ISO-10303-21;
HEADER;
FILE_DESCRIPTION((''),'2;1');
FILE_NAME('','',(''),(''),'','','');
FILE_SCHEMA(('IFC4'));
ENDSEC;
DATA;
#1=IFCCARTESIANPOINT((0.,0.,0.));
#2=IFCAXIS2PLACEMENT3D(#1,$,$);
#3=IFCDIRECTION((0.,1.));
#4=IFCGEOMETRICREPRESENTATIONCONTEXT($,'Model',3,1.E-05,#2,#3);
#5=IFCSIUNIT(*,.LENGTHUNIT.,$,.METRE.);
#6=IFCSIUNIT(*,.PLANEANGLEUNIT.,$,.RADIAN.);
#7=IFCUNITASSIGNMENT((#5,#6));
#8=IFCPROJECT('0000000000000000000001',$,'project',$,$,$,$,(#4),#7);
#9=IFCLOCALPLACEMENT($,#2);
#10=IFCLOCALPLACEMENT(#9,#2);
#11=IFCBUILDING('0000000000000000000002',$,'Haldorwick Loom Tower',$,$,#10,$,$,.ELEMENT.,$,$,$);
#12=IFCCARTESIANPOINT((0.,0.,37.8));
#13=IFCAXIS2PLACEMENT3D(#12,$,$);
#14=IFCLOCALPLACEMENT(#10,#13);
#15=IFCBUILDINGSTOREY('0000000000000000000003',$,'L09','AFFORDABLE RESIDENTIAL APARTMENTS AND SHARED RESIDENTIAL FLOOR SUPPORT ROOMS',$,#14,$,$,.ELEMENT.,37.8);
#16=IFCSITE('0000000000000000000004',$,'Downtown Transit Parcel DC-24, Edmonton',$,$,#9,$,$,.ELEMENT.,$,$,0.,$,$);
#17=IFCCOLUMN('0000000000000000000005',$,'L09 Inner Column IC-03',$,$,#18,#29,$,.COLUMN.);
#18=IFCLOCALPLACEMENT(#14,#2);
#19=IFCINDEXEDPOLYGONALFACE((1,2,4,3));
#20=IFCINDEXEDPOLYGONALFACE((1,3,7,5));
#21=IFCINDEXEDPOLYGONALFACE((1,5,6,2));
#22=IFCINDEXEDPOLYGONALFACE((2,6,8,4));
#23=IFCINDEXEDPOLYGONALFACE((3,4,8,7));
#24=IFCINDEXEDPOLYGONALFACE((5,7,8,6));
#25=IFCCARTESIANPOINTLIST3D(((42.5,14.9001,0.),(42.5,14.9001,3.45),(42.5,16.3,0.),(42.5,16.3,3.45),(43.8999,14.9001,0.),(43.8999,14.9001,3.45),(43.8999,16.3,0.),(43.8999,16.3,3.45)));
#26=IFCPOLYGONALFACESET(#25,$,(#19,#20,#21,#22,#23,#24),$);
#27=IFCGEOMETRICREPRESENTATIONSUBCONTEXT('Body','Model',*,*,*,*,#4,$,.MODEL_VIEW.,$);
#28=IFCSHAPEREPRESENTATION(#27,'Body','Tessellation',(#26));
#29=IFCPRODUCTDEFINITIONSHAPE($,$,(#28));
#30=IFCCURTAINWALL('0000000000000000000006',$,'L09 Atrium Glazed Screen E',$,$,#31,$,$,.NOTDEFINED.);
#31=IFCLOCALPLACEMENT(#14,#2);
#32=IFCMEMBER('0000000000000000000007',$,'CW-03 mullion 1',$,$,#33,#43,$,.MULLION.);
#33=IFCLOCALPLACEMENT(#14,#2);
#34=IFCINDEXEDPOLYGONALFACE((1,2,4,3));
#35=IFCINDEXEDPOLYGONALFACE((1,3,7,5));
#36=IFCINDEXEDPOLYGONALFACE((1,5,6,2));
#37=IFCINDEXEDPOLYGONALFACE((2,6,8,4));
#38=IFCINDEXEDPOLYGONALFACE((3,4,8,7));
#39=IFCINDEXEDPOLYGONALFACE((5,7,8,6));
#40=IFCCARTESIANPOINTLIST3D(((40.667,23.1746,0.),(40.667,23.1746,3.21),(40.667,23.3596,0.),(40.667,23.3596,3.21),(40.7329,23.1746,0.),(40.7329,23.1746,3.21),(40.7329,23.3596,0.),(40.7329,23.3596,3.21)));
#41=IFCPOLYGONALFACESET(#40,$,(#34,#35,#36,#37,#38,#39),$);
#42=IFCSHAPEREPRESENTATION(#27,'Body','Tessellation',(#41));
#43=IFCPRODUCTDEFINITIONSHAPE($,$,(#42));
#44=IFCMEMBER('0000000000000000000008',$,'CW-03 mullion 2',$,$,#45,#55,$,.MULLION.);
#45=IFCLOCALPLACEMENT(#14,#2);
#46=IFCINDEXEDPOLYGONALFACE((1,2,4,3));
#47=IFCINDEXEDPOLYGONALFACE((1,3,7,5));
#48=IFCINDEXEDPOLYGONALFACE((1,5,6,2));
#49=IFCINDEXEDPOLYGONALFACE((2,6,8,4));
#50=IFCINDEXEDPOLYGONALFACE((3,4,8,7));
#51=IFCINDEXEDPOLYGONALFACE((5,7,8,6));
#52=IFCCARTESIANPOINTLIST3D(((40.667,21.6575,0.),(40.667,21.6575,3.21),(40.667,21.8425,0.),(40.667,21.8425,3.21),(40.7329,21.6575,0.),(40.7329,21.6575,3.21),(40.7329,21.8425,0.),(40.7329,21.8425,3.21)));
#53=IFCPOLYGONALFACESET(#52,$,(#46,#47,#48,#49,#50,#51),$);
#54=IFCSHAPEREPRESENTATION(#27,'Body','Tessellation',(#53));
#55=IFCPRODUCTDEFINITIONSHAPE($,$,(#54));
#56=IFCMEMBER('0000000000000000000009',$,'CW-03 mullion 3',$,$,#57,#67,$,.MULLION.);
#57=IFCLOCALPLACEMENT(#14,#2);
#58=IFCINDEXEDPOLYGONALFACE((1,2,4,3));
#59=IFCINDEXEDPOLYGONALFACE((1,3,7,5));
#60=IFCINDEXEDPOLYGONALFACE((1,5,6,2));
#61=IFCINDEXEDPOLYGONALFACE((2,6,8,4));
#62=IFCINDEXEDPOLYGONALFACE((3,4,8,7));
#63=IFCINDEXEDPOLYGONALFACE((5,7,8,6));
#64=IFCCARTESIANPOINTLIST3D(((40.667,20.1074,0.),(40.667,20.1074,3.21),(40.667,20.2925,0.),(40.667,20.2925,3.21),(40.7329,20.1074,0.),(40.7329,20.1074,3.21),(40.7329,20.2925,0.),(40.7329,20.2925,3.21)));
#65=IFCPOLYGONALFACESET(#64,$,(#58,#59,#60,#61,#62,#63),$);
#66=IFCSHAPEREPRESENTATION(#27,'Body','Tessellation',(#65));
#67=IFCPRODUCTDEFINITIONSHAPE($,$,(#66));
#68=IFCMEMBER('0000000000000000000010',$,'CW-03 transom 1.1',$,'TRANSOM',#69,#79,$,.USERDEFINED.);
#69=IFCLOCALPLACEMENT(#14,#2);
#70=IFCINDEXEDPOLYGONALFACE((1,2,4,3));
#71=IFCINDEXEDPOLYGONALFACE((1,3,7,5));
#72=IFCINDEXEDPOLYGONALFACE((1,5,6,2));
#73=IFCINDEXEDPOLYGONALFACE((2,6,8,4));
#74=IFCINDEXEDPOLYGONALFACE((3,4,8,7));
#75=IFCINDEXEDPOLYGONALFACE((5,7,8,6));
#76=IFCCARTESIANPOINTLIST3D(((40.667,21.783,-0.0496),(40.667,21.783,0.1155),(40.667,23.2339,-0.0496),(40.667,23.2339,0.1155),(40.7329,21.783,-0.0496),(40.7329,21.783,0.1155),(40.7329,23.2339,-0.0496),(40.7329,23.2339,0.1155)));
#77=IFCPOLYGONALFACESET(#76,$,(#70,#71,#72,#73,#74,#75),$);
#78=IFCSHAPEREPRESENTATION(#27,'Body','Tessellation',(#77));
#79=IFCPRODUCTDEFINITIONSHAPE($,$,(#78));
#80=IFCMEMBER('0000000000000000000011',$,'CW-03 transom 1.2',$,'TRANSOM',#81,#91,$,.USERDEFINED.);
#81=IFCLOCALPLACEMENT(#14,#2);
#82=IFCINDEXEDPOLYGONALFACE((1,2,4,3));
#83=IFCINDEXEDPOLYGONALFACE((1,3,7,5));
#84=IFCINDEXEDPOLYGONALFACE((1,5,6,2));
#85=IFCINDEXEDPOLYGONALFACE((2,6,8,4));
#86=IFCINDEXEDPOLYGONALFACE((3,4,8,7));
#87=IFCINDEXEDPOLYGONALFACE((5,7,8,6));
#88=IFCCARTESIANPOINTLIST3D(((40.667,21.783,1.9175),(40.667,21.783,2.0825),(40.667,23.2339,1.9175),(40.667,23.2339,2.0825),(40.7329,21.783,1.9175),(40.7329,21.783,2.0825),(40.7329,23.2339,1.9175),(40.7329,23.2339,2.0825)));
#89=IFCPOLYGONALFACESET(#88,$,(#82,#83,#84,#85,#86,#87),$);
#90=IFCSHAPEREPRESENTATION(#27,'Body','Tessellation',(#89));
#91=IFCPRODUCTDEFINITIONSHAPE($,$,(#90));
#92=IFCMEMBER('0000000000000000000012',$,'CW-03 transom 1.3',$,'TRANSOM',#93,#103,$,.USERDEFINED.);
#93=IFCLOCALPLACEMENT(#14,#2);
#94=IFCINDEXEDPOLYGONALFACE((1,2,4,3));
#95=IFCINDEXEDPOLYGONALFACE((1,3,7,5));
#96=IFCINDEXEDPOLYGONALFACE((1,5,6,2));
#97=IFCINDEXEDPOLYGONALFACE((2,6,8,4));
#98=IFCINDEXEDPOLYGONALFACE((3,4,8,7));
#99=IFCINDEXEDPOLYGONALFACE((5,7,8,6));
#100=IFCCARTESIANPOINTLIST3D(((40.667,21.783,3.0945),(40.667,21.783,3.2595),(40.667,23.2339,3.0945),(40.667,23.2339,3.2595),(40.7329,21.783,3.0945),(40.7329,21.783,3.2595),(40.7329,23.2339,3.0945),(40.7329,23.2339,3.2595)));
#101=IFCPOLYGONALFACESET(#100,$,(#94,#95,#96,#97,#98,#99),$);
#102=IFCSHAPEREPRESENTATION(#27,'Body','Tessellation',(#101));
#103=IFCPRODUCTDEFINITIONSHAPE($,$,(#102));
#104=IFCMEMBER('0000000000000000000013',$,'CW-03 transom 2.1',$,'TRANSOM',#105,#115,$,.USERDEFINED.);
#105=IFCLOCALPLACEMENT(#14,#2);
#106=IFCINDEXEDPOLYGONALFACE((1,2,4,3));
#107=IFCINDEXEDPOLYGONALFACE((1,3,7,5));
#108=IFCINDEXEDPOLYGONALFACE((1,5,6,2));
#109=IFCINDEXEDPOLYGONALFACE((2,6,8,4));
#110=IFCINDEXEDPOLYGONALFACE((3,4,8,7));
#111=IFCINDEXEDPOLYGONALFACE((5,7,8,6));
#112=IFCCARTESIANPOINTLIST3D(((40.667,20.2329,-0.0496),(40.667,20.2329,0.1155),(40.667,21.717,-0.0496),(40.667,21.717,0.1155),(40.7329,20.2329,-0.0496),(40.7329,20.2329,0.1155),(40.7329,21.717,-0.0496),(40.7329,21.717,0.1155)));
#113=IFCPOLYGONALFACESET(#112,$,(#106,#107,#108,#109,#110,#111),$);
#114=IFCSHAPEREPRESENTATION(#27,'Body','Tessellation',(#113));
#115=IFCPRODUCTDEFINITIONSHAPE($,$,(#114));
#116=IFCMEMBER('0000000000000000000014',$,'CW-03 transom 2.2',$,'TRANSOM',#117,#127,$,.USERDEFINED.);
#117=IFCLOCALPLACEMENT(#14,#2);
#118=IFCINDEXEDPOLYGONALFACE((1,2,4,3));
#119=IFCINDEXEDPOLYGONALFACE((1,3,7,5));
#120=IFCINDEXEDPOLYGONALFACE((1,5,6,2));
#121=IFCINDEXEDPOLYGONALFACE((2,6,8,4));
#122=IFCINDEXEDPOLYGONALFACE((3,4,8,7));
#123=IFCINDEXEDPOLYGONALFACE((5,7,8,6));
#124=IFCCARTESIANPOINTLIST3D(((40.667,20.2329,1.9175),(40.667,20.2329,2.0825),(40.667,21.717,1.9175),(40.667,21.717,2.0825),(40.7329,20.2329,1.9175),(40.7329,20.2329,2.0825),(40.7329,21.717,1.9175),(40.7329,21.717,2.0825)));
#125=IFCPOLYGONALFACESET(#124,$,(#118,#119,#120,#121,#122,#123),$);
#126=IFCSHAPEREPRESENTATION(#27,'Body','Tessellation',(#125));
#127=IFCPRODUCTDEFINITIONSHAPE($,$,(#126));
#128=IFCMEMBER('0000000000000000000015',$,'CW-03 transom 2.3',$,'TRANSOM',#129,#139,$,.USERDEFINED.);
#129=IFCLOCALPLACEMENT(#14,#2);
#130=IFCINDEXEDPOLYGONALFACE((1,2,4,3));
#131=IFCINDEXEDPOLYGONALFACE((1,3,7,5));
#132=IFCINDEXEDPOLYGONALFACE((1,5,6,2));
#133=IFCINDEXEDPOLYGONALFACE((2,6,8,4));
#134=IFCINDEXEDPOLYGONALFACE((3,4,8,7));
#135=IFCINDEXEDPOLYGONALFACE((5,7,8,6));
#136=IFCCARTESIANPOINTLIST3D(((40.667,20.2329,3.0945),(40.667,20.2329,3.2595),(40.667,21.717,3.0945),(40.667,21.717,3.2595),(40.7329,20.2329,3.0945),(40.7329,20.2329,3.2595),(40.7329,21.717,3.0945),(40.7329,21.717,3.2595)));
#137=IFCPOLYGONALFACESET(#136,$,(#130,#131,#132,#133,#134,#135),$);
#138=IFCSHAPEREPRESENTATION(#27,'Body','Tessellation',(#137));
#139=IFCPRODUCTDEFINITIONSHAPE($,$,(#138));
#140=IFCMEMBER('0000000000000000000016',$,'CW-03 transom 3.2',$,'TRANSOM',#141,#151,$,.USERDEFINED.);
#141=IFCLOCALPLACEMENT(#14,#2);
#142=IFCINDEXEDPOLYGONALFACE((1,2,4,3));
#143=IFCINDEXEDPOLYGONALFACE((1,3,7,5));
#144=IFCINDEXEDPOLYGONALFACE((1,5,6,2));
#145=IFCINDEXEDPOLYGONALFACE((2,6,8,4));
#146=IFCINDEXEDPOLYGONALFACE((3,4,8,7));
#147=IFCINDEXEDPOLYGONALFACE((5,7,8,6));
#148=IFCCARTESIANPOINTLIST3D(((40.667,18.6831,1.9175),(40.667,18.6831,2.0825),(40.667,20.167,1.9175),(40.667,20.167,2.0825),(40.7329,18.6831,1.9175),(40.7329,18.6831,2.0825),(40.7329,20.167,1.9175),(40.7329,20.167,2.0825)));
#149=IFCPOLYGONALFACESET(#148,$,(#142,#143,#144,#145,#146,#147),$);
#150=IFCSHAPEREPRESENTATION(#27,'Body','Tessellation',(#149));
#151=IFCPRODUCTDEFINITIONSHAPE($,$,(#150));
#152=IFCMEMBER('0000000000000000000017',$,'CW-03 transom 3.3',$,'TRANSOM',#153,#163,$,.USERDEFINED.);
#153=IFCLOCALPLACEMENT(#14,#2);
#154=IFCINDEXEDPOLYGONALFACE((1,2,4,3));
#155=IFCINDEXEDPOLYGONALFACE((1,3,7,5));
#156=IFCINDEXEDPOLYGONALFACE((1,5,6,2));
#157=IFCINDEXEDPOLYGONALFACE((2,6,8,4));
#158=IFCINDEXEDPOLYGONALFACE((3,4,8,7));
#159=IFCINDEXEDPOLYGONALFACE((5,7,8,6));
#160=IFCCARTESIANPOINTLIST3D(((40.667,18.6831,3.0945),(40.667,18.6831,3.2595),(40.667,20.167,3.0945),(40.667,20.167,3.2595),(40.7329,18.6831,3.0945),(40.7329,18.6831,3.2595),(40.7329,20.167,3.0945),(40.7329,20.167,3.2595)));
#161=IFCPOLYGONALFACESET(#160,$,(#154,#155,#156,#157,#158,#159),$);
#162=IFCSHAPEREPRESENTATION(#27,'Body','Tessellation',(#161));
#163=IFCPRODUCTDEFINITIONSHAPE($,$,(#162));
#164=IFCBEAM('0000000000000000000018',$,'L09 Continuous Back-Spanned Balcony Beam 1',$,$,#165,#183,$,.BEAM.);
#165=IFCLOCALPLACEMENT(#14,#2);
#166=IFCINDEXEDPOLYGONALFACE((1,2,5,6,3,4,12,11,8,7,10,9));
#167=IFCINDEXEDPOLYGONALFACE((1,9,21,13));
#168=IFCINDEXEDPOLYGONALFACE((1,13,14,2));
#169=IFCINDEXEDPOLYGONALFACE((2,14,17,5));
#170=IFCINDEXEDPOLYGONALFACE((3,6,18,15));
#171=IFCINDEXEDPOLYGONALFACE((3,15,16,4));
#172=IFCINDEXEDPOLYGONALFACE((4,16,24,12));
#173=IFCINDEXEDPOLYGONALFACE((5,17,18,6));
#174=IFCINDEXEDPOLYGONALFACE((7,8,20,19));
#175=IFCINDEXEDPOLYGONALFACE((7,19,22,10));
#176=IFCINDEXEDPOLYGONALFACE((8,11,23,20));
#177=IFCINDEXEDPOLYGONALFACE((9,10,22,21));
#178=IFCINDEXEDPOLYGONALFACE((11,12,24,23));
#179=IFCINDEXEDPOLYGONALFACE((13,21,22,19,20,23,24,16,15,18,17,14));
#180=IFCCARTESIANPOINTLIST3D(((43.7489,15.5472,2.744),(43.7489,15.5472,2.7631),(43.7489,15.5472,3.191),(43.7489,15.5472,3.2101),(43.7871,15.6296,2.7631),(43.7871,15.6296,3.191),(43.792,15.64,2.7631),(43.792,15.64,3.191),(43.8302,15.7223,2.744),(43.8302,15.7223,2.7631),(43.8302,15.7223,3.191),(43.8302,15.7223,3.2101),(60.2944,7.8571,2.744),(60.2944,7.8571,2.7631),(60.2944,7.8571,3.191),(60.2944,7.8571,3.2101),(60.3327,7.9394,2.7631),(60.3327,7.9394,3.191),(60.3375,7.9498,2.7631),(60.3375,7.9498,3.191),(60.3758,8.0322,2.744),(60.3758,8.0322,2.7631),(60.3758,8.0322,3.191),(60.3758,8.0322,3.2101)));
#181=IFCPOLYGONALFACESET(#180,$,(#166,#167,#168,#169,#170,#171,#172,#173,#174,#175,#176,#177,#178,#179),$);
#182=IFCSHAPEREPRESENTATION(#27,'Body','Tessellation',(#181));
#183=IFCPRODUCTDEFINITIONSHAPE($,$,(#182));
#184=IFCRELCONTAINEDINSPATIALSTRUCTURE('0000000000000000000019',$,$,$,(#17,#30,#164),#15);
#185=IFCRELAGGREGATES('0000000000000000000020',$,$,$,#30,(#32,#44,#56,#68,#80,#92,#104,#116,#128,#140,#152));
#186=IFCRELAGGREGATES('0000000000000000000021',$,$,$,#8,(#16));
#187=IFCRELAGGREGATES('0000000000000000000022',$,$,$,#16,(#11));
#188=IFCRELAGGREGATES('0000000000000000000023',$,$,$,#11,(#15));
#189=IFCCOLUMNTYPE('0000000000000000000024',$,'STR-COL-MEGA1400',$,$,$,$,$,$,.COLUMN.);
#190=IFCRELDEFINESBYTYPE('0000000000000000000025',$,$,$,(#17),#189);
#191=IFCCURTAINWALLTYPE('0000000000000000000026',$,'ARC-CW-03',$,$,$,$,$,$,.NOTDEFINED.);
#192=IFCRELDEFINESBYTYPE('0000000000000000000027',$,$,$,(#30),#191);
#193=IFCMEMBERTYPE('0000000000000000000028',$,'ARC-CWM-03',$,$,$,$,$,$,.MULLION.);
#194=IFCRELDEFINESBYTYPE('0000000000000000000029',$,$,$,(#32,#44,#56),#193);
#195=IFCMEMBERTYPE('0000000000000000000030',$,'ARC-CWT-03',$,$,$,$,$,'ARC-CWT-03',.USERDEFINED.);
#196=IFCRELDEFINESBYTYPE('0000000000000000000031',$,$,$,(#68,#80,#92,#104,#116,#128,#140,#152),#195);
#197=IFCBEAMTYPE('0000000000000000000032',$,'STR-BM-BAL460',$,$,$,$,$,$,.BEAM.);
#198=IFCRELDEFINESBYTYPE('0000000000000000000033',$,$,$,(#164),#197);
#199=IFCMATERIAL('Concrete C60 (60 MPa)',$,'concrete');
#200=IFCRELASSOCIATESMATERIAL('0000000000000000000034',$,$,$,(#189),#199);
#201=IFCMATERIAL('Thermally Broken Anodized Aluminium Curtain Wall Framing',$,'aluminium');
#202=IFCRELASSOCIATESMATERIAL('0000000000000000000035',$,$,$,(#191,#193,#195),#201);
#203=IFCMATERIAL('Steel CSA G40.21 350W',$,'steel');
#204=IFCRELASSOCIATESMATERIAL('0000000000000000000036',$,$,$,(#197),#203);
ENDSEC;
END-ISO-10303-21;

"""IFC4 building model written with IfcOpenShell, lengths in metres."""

from ifc_helpers import new_model, si_unit, direction, frame, origin, origin_2d, place, context, subcontext, project, spatial, rectangle, i_section, extrude, material, material_profile, profile_set, type_object, element, aggregate, save


model = new_model("IFC4")

# Units and contexts
model_context = context("Model", 3, precision=1e-05, world=origin(), true_north=direction((0.0, 1.0)))
body_context = subcontext(model_context, "Body", "Model", "MODEL_VIEW")
ifc_project = project(units=[si_unit("LENGTHUNIT", "METRE"), si_unit("PLANEANGLEUNIT", "RADIAN")], contexts=[model_context])

# Site, building, storey
site_placement = place(None, origin())
site = spatial("IfcSite", under=ifc_project, at=site_placement, Name="Downtown Transit Parcel DC-24, Edmonton", CompositionType="ELEMENT", RefElevation=0.0)
building_placement = place(site_placement, origin())
building = spatial("IfcBuilding", under=site, at=building_placement, Name="Haldorwick Loom Tower", CompositionType="ELEMENT")
storey_placement = place(building_placement, frame((0.0, 0.0, 37.8)))
storey = spatial("IfcBuildingStorey", under=building, at=storey_placement, Name="L09", Description="AFFORDABLE RESIDENTIAL APARTMENTS AND SHARED RESIDENTIAL FLOOR SUPPORT ROOMS", CompositionType="ELEMENT", Elevation=37.8)

# Column
ifc_material_1 = material(Name="Concrete C60 (60 MPa)", Category="concrete")
ifc_material_profile_1 = material_profile(ifc_material_1, rectangle(XDim=1.3999, YDim=1.3999, at=origin_2d()), Name="RC1400X1400", Category="concrete")
ifc_profile_set_1 = profile_set([ifc_material_profile_1], Name="Concrete C60 (60 MPa)")
column_type = type_object("IfcColumnType", Name="STR-COL-MEGA1400", PredefinedType="COLUMN", material=ifc_profile_set_1)
column_placement = place(storey_placement, frame((43.2, 15.6001, 0.0), z_axis=(0.0, 0.0, 1.0), x_axis=(1.0, 0.0, 0.0)))
element("IfcColumn", 1, at=column_placement, inside=storey, type_object=column_type, Name="L09 Inner Column IC-03", PredefinedType="COLUMN", context=body_context, shape_type="SweptSolid", body=[
    extrude(rectangle(XDim=1.3999, YDim=1.3999, at=origin_2d()), origin(), (0.0, 0.0, 1.0), 3.45),
])

# Curtain wall, members
ifc_material_2 = material(Name="Thermally Broken Anodized Aluminium Curtain Wall Framing", Category="aluminium")
curtain_wall_type = type_object("IfcCurtainWallType", Name="ARC-CW-03", PredefinedType="NOTDEFINED", material=ifc_material_2)
curtain_wall_placement = place(storey_placement, origin())
curtain_wall = element("IfcCurtainWall", 2, at=curtain_wall_placement, inside=storey, type_object=curtain_wall_type, Name="L09 Atrium Glazed Screen E", PredefinedType="NOTDEFINED")
ifc_material_profile_2 = material_profile(ifc_material_2, rectangle(XDim=0.0659, YDim=0.1851, at=origin_2d()), Name="ALU_MUL_66X185", Category="aluminium")
ifc_profile_set_2 = profile_set([ifc_material_profile_2], Name="Thermally Broken Anodized Aluminium Curtain Wall Framing")
member_type_1 = type_object("IfcMemberType", Name="ARC-CWM-03", PredefinedType="MULLION", material=ifc_profile_set_2)
member_1_placement = place(storey_placement, frame((40.7, 23.2671, 0.0), z_axis=(0.0, 0.0, 1.0), x_axis=(1.0, 0.0, 0.0)))
member_1 = element("IfcMember", 3, at=member_1_placement, type_object=member_type_1, Name="CW-03 mullion 1", PredefinedType="MULLION", context=body_context, shape_type="SweptSolid", body=[
    extrude(rectangle(XDim=0.0659, YDim=0.1851, at=origin_2d()), origin(), (0.0, 0.0, 1.0), 3.21),
])
member_2_placement = place(storey_placement, frame((40.7, 21.75, 0.0), z_axis=(0.0, 0.0, 1.0), x_axis=(1.0, 0.0, 0.0)))
member_2 = element("IfcMember", 4, at=member_2_placement, type_object=member_type_1, Name="CW-03 mullion 2", PredefinedType="MULLION", context=body_context, shape_type="SweptSolid", body=[
    extrude(rectangle(XDim=0.0659, YDim=0.1851, at=origin_2d()), origin(), (0.0, 0.0, 1.0), 3.21),
])
member_3_placement = place(storey_placement, frame((40.7, 20.2, 0.0), z_axis=(0.0, 0.0, 1.0), x_axis=(1.0, 0.0, 0.0)))
member_3 = element("IfcMember", 5, at=member_3_placement, type_object=member_type_1, Name="CW-03 mullion 3", PredefinedType="MULLION", context=body_context, shape_type="SweptSolid", body=[
    extrude(rectangle(XDim=0.0659, YDim=0.1851, at=origin_2d()), origin(), (0.0, 0.0, 1.0), 3.21),
])
ifc_material_profile_3 = material_profile(ifc_material_2, rectangle(XDim=0.0659, YDim=0.165, at=origin_2d()), Name="ALU_TRN_66X165", Category="aluminium")
ifc_profile_set_3 = profile_set([ifc_material_profile_3], Name="Thermally Broken Anodized Aluminium Curtain Wall Framing")
member_type_2 = type_object("IfcMemberType", Name="ARC-CWT-03", ElementType="ARC-CWT-03", PredefinedType="USERDEFINED", material=ifc_profile_set_3)
member_4_placement = place(storey_placement, frame((40.7, 23.2339, 0.033), z_axis=(0.0, -1.0, 0.0), x_axis=(1.0, 0.0, 0.0)))
member_4 = element("IfcMember", 6, at=member_4_placement, type_object=member_type_2, Name="CW-03 transom 1.1", ObjectType="TRANSOM", PredefinedType="USERDEFINED", context=body_context, shape_type="SweptSolid", body=[
    extrude(rectangle(XDim=0.0659, YDim=0.165, at=origin_2d()), origin(), (0.0, 0.0, 1.0), 1.4509),
])
member_5_placement = place(storey_placement, frame((40.7, 23.2339, 2.0), z_axis=(0.0, -1.0, 0.0), x_axis=(1.0, 0.0, 0.0)))
member_5 = element("IfcMember", 7, at=member_5_placement, type_object=member_type_2, Name="CW-03 transom 1.2", ObjectType="TRANSOM", PredefinedType="USERDEFINED", context=body_context, shape_type="SweptSolid", body=[
    extrude(rectangle(XDim=0.0659, YDim=0.165, at=origin_2d()), origin(), (0.0, 0.0, 1.0), 1.4509),
])
member_6_placement = place(storey_placement, frame((40.7, 23.2339, 3.177), z_axis=(0.0, -1.0, 0.0), x_axis=(1.0, 0.0, 0.0)))
member_6 = element("IfcMember", 8, at=member_6_placement, type_object=member_type_2, Name="CW-03 transom 1.3", ObjectType="TRANSOM", PredefinedType="USERDEFINED", context=body_context, shape_type="SweptSolid", body=[
    extrude(rectangle(XDim=0.0659, YDim=0.165, at=origin_2d()), origin(), (0.0, 0.0, 1.0), 1.4509),
])
member_7_placement = place(storey_placement, frame((40.7, 21.717, 0.033), z_axis=(0.0, -1.0, 0.0), x_axis=(1.0, 0.0, 0.0)))
member_7 = element("IfcMember", 9, at=member_7_placement, type_object=member_type_2, Name="CW-03 transom 2.1", ObjectType="TRANSOM", PredefinedType="USERDEFINED", context=body_context, shape_type="SweptSolid", body=[
    extrude(rectangle(XDim=0.0659, YDim=0.165, at=origin_2d()), origin(), (0.0, 0.0, 1.0), 1.4841),
])
member_8_placement = place(storey_placement, frame((40.7, 21.717, 2.0), z_axis=(0.0, -1.0, 0.0), x_axis=(1.0, 0.0, 0.0)))
member_8 = element("IfcMember", 10, at=member_8_placement, type_object=member_type_2, Name="CW-03 transom 2.2", ObjectType="TRANSOM", PredefinedType="USERDEFINED", context=body_context, shape_type="SweptSolid", body=[
    extrude(rectangle(XDim=0.0659, YDim=0.165, at=origin_2d()), origin(), (0.0, 0.0, 1.0), 1.4841),
])
member_9_placement = place(storey_placement, frame((40.7, 21.717, 3.177), z_axis=(0.0, -1.0, 0.0), x_axis=(1.0, 0.0, 0.0)))
member_9 = element("IfcMember", 11, at=member_9_placement, type_object=member_type_2, Name="CW-03 transom 2.3", ObjectType="TRANSOM", PredefinedType="USERDEFINED", context=body_context, shape_type="SweptSolid", body=[
    extrude(rectangle(XDim=0.0659, YDim=0.165, at=origin_2d()), origin(), (0.0, 0.0, 1.0), 1.4841),
])
member_10_placement = place(storey_placement, frame((40.7, 20.167, 2.0), z_axis=(0.0, -1.0, 0.0), x_axis=(1.0, 0.0, 0.0)))
member_10 = element("IfcMember", 12, at=member_10_placement, type_object=member_type_2, Name="CW-03 transom 3.2", ObjectType="TRANSOM", PredefinedType="USERDEFINED", context=body_context, shape_type="SweptSolid", body=[
    extrude(rectangle(XDim=0.0659, YDim=0.165, at=origin_2d()), origin(), (0.0, 0.0, 1.0), 1.4839),
])
member_11_placement = place(storey_placement, frame((40.7, 20.167, 3.177), z_axis=(0.0, -1.0, 0.0), x_axis=(1.0, 0.0, 0.0)))
member_11 = element("IfcMember", 13, at=member_11_placement, type_object=member_type_2, Name="CW-03 transom 3.3", ObjectType="TRANSOM", PredefinedType="USERDEFINED", context=body_context, shape_type="SweptSolid", body=[
    extrude(rectangle(XDim=0.0659, YDim=0.165, at=origin_2d()), origin(), (0.0, 0.0, 1.0), 1.4839),
])

# Beam
ifc_material_3 = material(Name="Steel CSA G40.21 350W", Category="steel")
ifc_material_profile_4 = material_profile(ifc_material_3, i_section(OverallWidth=0.1931, OverallDepth=0.4661, WebThickness=0.0115, FlangeThickness=0.019, at=origin_2d()), Name="W460X97", Category="steel")
ifc_profile_set_4 = profile_set([ifc_material_profile_4], Name="Steel CSA G40.21 350W")
beam_type_1 = type_object("IfcBeamType", Name="STR-BM-BAL460", PredefinedType="BEAM", material=ifc_profile_set_4)
beam_1_placement = place(storey_placement, frame((43.7896, 15.6348, 2.9771), z_axis=(0.906836, -0.421484, 0.0), x_axis=(0.421484, 0.906836, 0.0)))
element("IfcBeam", 14, at=beam_1_placement, inside=storey, type_object=beam_type_1, Name="L09 Continuous Back-Spanned Balcony Beam 1", PredefinedType="BEAM", context=body_context, shape_type="SweptSolid", body=[
    extrude(i_section(OverallWidth=0.1931, OverallDepth=0.4661, WebThickness=0.0115, FlangeThickness=0.019, at=origin_2d()), origin(), (0.0, 0.0, 1.0), 18.2454),
])

aggregate(curtain_wall, [member_1, member_2, member_3, member_4, member_5, member_6, member_7, member_8, member_9, member_10, member_11])

save(model, "model.ifc")
